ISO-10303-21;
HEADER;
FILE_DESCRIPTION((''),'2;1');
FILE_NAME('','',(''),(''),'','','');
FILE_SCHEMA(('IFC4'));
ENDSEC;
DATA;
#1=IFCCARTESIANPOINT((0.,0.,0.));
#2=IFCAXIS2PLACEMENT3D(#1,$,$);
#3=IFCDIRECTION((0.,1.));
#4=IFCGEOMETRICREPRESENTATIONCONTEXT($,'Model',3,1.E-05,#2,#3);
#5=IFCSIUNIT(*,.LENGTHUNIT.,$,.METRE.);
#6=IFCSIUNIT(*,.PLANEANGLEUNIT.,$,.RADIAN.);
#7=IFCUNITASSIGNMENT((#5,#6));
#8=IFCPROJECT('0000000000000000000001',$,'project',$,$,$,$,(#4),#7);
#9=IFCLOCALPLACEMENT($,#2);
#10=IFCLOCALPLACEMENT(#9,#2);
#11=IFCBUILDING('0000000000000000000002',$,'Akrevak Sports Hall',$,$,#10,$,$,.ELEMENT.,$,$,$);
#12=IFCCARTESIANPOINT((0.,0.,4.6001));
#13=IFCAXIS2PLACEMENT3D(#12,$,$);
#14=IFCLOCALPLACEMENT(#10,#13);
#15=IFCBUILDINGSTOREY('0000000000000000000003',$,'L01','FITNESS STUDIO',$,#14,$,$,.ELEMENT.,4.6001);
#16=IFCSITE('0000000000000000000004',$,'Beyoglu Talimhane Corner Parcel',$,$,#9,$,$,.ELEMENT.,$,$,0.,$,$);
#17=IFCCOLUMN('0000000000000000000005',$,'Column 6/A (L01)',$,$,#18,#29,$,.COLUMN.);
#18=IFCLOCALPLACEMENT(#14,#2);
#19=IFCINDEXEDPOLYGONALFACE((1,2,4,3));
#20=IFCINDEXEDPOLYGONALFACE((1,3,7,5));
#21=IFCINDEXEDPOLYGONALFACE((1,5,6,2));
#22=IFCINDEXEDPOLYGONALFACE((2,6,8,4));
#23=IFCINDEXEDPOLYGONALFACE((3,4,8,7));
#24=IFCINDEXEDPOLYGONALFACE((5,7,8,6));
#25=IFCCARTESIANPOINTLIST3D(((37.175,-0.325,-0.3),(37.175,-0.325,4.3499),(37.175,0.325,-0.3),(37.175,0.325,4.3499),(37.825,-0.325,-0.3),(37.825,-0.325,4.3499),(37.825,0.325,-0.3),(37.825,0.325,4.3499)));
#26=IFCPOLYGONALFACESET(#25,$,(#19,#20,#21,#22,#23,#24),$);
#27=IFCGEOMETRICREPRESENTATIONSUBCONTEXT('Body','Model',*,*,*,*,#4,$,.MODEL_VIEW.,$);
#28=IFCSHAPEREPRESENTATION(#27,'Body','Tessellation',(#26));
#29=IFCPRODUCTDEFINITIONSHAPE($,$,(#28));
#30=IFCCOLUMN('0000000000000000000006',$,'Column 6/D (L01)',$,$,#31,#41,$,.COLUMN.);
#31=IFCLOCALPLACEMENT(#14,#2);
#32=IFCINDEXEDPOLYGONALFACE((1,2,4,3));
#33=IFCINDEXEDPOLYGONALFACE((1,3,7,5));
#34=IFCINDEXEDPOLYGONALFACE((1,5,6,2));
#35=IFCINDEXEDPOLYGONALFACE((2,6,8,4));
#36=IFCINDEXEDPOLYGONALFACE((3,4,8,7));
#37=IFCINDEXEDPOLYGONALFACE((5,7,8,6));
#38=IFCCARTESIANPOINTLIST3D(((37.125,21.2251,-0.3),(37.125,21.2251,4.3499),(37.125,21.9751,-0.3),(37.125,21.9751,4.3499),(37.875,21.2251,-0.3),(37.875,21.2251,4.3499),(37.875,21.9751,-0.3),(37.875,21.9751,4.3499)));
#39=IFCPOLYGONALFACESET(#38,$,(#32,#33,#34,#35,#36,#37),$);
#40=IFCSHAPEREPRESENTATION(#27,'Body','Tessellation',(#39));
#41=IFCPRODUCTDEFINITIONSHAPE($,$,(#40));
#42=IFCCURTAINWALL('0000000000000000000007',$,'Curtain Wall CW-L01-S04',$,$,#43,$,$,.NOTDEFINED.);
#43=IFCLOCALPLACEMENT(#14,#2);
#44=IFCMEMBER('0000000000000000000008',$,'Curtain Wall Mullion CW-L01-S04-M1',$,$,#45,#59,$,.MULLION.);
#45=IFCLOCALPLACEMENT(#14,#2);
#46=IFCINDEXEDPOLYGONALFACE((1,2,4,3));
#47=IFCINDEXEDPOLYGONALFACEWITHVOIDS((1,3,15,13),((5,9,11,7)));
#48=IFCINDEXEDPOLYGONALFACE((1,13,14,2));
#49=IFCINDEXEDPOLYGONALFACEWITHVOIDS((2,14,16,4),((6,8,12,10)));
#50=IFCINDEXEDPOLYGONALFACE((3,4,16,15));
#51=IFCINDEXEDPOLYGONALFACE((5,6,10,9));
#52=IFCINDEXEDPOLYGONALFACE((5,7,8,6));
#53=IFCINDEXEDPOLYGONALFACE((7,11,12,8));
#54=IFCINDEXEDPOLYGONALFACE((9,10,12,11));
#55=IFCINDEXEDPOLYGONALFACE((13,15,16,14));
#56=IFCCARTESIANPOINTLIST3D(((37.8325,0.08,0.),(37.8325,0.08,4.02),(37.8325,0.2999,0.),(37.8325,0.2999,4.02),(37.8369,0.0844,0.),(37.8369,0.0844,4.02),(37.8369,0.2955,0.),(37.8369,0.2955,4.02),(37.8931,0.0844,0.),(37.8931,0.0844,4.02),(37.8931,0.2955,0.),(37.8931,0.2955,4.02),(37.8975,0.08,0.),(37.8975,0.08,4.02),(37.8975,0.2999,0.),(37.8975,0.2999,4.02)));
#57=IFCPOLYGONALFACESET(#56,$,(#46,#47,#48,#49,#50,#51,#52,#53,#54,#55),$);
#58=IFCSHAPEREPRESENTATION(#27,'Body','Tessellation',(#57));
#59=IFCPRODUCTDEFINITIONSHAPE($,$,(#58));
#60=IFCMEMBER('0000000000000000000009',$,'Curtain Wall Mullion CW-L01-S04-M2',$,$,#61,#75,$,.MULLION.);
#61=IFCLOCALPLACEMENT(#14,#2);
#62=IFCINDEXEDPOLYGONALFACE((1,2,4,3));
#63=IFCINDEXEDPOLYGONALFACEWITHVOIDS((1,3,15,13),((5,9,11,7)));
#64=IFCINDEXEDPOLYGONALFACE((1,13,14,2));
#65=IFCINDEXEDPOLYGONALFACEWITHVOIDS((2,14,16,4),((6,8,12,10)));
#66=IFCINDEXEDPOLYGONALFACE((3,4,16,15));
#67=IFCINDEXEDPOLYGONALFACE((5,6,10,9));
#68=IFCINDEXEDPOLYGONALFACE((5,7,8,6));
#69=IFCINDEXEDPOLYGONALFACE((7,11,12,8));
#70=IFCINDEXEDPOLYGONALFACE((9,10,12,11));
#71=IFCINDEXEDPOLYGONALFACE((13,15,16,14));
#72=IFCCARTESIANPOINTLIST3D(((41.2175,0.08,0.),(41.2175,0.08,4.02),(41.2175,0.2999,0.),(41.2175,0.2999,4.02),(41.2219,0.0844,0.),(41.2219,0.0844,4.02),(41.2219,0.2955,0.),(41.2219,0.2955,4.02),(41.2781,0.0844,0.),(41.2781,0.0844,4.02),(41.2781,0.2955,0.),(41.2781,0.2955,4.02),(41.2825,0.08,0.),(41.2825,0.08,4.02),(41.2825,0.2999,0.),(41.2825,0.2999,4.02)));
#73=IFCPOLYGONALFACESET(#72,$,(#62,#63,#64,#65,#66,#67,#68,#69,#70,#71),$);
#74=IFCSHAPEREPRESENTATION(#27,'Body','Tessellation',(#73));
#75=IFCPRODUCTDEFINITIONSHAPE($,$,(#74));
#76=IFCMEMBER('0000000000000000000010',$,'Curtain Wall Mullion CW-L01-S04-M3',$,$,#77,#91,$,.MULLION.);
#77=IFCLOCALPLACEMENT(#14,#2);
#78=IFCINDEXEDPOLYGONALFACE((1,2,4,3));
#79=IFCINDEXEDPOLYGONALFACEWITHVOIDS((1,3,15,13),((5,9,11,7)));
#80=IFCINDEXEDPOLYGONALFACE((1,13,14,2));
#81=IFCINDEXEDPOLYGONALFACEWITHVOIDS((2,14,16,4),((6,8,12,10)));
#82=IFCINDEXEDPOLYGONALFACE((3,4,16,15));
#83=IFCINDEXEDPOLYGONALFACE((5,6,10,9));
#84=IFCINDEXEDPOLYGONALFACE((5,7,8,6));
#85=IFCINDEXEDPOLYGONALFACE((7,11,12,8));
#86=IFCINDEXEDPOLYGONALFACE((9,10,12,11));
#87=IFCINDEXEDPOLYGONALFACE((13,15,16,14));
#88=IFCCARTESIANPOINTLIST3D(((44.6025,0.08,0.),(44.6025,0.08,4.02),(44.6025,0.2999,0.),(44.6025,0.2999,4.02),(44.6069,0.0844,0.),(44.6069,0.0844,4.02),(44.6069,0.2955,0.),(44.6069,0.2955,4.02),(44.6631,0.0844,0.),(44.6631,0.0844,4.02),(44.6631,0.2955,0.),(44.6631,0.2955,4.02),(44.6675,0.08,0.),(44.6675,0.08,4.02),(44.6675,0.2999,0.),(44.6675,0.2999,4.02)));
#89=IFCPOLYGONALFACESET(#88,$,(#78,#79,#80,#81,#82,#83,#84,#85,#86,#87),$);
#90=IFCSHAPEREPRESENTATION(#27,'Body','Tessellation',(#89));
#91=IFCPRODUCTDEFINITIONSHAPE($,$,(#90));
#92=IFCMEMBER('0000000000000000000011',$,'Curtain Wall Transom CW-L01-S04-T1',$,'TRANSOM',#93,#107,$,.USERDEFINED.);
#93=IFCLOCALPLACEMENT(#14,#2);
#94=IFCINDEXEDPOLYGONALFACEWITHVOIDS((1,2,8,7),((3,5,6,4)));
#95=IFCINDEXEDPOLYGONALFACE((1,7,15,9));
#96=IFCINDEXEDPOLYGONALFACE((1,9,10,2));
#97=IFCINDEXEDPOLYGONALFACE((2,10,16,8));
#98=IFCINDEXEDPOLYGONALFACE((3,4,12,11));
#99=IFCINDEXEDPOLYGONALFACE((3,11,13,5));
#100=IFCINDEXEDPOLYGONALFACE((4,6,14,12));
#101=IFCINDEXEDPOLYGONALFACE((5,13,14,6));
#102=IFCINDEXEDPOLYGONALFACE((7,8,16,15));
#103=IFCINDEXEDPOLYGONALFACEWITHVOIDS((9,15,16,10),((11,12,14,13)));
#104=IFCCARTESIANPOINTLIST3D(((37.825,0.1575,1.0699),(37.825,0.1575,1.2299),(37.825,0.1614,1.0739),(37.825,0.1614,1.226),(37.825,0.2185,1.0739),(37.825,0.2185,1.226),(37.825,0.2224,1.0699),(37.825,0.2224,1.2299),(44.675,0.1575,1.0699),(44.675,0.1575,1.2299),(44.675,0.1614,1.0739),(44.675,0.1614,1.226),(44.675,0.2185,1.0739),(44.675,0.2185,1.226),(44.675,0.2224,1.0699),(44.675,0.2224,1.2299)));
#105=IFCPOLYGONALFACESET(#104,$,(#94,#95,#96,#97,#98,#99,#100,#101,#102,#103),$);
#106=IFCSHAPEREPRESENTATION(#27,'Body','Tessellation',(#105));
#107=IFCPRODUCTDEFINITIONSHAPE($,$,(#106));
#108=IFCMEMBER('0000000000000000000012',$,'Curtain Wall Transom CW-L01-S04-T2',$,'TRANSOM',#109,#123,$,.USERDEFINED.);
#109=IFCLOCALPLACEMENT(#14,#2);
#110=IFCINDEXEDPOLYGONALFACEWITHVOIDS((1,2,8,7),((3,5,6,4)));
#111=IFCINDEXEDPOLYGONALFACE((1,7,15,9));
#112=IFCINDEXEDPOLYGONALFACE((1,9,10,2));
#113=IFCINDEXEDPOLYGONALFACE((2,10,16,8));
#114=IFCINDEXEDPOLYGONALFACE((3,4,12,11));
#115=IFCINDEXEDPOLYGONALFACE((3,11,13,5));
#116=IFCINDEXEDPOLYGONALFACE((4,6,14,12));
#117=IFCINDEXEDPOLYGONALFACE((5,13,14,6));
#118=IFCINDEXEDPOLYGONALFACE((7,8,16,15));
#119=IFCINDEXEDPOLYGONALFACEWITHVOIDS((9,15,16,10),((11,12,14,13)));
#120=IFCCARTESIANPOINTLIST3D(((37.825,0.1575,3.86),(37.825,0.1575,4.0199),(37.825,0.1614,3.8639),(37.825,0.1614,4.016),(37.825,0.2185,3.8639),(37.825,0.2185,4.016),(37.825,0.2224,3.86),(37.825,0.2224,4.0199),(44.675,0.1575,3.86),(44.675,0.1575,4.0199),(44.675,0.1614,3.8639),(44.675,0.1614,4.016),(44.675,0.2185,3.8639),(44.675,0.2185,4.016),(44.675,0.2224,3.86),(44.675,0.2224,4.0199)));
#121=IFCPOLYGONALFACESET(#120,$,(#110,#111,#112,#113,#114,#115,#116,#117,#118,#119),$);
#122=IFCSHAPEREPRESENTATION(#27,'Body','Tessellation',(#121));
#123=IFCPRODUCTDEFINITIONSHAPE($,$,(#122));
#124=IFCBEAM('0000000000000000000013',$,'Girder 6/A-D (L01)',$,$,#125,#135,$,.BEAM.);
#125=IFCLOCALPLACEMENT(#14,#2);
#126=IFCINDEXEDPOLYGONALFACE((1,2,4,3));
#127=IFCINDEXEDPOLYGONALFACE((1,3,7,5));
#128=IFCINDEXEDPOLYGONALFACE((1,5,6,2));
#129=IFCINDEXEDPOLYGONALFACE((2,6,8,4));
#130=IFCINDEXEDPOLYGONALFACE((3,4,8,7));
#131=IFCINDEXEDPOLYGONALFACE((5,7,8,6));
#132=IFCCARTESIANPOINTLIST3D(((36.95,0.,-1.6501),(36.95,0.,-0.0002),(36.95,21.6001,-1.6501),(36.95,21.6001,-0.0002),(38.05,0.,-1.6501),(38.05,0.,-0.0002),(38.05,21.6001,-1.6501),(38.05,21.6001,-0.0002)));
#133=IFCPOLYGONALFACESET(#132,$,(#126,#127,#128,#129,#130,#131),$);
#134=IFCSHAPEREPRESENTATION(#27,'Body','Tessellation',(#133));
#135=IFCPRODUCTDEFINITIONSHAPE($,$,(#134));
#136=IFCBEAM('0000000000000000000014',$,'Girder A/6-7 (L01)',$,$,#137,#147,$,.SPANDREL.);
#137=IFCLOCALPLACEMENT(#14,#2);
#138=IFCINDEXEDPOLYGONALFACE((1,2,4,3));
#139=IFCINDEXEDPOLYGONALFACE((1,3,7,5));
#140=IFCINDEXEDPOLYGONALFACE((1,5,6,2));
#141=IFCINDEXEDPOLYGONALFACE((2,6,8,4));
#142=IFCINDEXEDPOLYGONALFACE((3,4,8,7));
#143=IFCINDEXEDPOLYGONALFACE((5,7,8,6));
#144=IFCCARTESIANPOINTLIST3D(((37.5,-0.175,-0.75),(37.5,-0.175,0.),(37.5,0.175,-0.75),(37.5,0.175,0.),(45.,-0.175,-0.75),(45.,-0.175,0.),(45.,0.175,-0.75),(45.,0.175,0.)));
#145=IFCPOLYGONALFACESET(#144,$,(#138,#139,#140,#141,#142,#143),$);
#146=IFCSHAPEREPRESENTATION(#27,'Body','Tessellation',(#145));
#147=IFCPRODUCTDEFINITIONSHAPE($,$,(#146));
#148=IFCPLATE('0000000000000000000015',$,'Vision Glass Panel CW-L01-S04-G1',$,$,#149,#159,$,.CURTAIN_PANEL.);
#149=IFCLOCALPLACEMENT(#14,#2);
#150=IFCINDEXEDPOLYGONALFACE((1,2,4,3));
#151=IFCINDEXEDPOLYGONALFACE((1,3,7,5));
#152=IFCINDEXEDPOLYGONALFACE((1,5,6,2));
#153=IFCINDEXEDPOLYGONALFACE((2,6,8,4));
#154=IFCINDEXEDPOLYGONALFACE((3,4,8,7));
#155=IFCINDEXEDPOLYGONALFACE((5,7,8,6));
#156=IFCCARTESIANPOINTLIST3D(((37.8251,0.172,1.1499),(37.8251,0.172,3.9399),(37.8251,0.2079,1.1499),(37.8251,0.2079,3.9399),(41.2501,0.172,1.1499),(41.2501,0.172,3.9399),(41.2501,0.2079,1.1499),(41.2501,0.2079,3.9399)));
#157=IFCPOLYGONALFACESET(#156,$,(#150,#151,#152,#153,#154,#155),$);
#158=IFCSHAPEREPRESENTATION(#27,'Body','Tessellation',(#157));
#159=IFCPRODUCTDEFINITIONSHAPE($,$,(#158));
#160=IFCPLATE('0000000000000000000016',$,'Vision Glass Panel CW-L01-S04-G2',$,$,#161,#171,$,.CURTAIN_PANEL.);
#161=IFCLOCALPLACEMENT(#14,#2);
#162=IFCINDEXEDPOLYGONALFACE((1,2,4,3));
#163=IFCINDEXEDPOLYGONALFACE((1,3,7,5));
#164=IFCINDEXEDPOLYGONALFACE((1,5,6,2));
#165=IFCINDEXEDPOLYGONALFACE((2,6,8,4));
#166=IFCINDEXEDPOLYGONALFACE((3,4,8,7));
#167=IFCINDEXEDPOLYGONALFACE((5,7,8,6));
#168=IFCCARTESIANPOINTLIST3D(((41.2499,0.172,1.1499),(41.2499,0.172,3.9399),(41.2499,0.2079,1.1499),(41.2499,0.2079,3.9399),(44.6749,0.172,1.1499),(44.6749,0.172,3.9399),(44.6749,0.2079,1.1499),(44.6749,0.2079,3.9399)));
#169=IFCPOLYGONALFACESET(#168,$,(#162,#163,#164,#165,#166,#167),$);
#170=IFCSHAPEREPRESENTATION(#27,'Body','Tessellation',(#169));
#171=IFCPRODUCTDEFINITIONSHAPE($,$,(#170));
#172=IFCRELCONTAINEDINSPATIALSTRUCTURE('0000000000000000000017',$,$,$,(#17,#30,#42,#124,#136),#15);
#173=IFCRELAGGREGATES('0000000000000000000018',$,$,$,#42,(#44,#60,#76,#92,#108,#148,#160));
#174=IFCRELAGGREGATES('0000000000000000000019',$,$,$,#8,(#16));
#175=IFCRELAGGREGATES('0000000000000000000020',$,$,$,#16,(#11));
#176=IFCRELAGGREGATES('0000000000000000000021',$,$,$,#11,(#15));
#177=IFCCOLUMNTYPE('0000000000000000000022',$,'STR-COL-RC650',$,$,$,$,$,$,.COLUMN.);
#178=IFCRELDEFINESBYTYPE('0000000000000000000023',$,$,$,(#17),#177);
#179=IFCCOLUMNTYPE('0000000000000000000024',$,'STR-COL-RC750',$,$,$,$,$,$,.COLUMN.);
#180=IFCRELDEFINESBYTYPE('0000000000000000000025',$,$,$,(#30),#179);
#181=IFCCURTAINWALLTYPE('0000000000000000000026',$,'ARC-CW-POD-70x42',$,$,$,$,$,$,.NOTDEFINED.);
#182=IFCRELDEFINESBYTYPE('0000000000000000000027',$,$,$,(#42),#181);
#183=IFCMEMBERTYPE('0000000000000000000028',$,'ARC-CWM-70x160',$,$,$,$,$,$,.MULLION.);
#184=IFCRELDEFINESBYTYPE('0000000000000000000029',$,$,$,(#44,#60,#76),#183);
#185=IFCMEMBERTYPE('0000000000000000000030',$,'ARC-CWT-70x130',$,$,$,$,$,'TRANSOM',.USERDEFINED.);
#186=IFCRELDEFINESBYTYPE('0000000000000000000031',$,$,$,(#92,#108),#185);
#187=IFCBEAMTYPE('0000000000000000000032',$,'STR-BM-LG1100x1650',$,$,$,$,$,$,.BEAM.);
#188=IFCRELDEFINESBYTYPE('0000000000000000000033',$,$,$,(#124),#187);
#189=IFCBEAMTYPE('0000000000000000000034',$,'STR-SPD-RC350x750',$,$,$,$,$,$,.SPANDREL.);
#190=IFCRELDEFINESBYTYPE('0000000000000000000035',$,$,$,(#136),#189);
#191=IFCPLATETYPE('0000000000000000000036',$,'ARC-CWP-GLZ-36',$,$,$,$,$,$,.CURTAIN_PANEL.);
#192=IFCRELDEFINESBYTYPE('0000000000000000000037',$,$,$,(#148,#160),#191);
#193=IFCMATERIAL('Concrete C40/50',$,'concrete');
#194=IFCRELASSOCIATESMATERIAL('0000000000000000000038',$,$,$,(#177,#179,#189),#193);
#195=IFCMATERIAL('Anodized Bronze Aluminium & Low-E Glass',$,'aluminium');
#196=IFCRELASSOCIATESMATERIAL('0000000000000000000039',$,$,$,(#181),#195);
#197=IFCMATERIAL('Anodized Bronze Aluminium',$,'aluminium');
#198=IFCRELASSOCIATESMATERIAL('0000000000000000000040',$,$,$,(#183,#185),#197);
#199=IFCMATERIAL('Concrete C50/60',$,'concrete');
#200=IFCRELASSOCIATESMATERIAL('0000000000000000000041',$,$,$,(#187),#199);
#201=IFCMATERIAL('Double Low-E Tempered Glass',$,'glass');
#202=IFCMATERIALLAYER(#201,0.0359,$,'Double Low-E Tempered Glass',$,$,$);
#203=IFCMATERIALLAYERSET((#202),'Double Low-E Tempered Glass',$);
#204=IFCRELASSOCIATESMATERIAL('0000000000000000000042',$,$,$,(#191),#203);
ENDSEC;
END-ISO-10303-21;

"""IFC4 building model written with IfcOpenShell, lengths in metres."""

from ifc_helpers import new_model, si_unit, direction, frame, origin, origin_2d, place, context, subcontext, project, spatial, rectangle, hollow_rectangle, extrude, material, layer, layer_set, material_profile, profile_set, type_object, element, aggregate, save


model = new_model("IFC4")

# Units and contexts
model_context = context("Model", 3, precision=1e-05, world=origin(), true_north=direction((0.0, 1.0)))
body_context = subcontext(model_context, "Body", "Model", "MODEL_VIEW")
ifc_project = project(units=[si_unit("LENGTHUNIT", "METRE"), si_unit("PLANEANGLEUNIT", "RADIAN")], contexts=[model_context])

# Site, building, storey
site_placement = place(None, origin())
site = spatial("IfcSite", under=ifc_project, at=site_placement, Name="Beyoglu Talimhane Corner Parcel", CompositionType="ELEMENT", RefElevation=0.0)
building_placement = place(site_placement, origin())
building = spatial("IfcBuilding", under=site, at=building_placement, Name="Akrevak Sports Hall", CompositionType="ELEMENT")
storey_placement = place(building_placement, frame((0.0, 0.0, 4.6001)))
storey = spatial("IfcBuildingStorey", under=building, at=storey_placement, Name="L01", Description="FITNESS STUDIO", CompositionType="ELEMENT", Elevation=4.6001)

# Columns
ifc_material_1 = material(Name="Concrete C40/50", Category="concrete")
ifc_material_profile_1 = material_profile(ifc_material_1, rectangle(XDim=0.6499, YDim=0.6499, at=origin_2d()), Name="RC 650x650", Category="concrete")
ifc_profile_set_1 = profile_set([ifc_material_profile_1], Name="Concrete C40/50")
column_type_1 = type_object("IfcColumnType", Name="STR-COL-RC650", PredefinedType="COLUMN", material=ifc_profile_set_1)
column_1_placement = place(storey_placement, frame((37.5, 0.0, -0.3), z_axis=(0.0, 0.0, 1.0), x_axis=(1.0, 0.0, 0.0)))
element("IfcColumn", 1, at=column_1_placement, inside=storey, type_object=column_type_1, Name="Column 6/A (L01)", PredefinedType="COLUMN", context=body_context, shape_type="SweptSolid", body=[
    extrude(rectangle(XDim=0.6499, YDim=0.6499, at=origin_2d()), origin(), (0.0, 0.0, 1.0), 4.6499),
])
ifc_material_profile_2 = material_profile(ifc_material_1, rectangle(XDim=0.75, YDim=0.75, at=origin_2d()), Name="RC 750x750", Category="concrete")
ifc_profile_set_2 = profile_set([ifc_material_profile_2], Name="Concrete C40/50")
column_type_2 = type_object("IfcColumnType", Name="STR-COL-RC750", PredefinedType="COLUMN", material=ifc_profile_set_2)
column_2_placement = place(storey_placement, frame((37.5, 21.6001, -0.3), z_axis=(0.0, 0.0, 1.0), x_axis=(1.0, 0.0, 0.0)))
element("IfcColumn", 2, at=column_2_placement, inside=storey, type_object=column_type_2, Name="Column 6/D (L01)", PredefinedType="COLUMN", context=body_context, shape_type="SweptSolid", body=[
    extrude(rectangle(XDim=0.75, YDim=0.75, at=origin_2d()), origin(), (0.0, 0.0, 1.0), 4.6499),
])

# Curtain wall, members
ifc_material_2 = material(Name="Anodized Bronze Aluminium & Low-E Glass", Category="aluminium")
curtain_wall_type = type_object("IfcCurtainWallType", Name="ARC-CW-POD-70x42", PredefinedType="NOTDEFINED", material=ifc_material_2)
curtain_wall_placement = place(storey_placement, origin())
curtain_wall = element("IfcCurtainWall", 3, at=curtain_wall_placement, inside=storey, type_object=curtain_wall_type, Name="Curtain Wall CW-L01-S04", PredefinedType="NOTDEFINED")
ifc_material_3 = material(Name="Anodized Bronze Aluminium", Category="aluminium")
ifc_material_profile_3 = material_profile(ifc_material_3, hollow_rectangle(XDim=0.0649, YDim=0.22, WallThickness=0.0044, at=origin_2d()), Name="CWM 65x220", Category="aluminium")
ifc_profile_set_3 = profile_set([ifc_material_profile_3], Name="Anodized Bronze Aluminium")
member_type_1 = type_object("IfcMemberType", Name="ARC-CWM-70x160", PredefinedType="MULLION", material=ifc_profile_set_3)
member_1_placement = place(storey_placement, frame((37.865, 0.1899, 0.0), z_axis=(0.0, 0.0, 1.0), x_axis=(1.0, 0.0, 0.0)))
member_1 = element("IfcMember", 4, at=member_1_placement, type_object=member_type_1, Name="Curtain Wall Mullion CW-L01-S04-M1", PredefinedType="MULLION", context=body_context, shape_type="SweptSolid", body=[
    extrude(hollow_rectangle(XDim=0.0649, YDim=0.22, WallThickness=0.0044, at=origin_2d()), origin(), (0.0, 0.0, 1.0), 4.02),
])
member_2_placement = place(storey_placement, frame((41.25, 0.1899, 0.0), z_axis=(0.0, 0.0, 1.0), x_axis=(1.0, 0.0, 0.0)))
member_2 = element("IfcMember", 5, at=member_2_placement, type_object=member_type_1, Name="Curtain Wall Mullion CW-L01-S04-M2", PredefinedType="MULLION", context=body_context, shape_type="SweptSolid", body=[
    extrude(hollow_rectangle(XDim=0.0649, YDim=0.22, WallThickness=0.0044, at=origin_2d()), origin(), (0.0, 0.0, 1.0), 4.02),
])
member_3_placement = place(storey_placement, frame((44.635, 0.1899, 0.0), z_axis=(0.0, 0.0, 1.0), x_axis=(1.0, 0.0, 0.0)))
member_3 = element("IfcMember", 6, at=member_3_placement, type_object=member_type_1, Name="Curtain Wall Mullion CW-L01-S04-M3", PredefinedType="MULLION", context=body_context, shape_type="SweptSolid", body=[
    extrude(hollow_rectangle(XDim=0.0649, YDim=0.22, WallThickness=0.0044, at=origin_2d()), origin(), (0.0, 0.0, 1.0), 4.02),
])
ifc_material_profile_4 = material_profile(ifc_material_3, hollow_rectangle(XDim=0.0649, YDim=0.1599, WallThickness=0.0039, at=origin_2d()), Name="CWT 65x160", Category="aluminium")
ifc_profile_set_4 = profile_set([ifc_material_profile_4], Name="Anodized Bronze Aluminium")
member_type_2 = type_object("IfcMemberType", Name="ARC-CWT-70x130", ElementType="TRANSOM", PredefinedType="USERDEFINED", material=ifc_profile_set_4)
member_4_placement = place(storey_placement, frame((37.825, 0.1899, 1.1499), z_axis=(1.0, 0.0, 0.0), x_axis=(0.0, 1.0, 0.0)))
member_4 = element("IfcMember", 7, at=member_4_placement, type_object=member_type_2, Name="Curtain Wall Transom CW-L01-S04-T1", ObjectType="TRANSOM", PredefinedType="USERDEFINED", context=body_context, shape_type="SweptSolid", body=[
    extrude(hollow_rectangle(XDim=0.0649, YDim=0.1599, WallThickness=0.0039, at=origin_2d()), origin(), (0.0, 0.0, 1.0), 6.8501),
])
member_5_placement = place(storey_placement, frame((37.825, 0.1899, 3.9399), z_axis=(1.0, 0.0, 0.0), x_axis=(0.0, 1.0, 0.0)))
member_5 = element("IfcMember", 8, at=member_5_placement, type_object=member_type_2, Name="Curtain Wall Transom CW-L01-S04-T2", ObjectType="TRANSOM", PredefinedType="USERDEFINED", context=body_context, shape_type="SweptSolid", body=[
    extrude(hollow_rectangle(XDim=0.0649, YDim=0.1599, WallThickness=0.0039, at=origin_2d()), origin(), (0.0, 0.0, 1.0), 6.8501),
])

# Beams
ifc_material_4 = material(Name="Concrete C50/60", Category="concrete")
ifc_material_profile_5 = material_profile(ifc_material_4, rectangle(XDim=1.1001, YDim=1.6499, at=origin_2d()), Name="BM 1100x1650", Category="concrete")
ifc_profile_set_5 = profile_set([ifc_material_profile_5], Name="Concrete C50/60")
beam_type_1 = type_object("IfcBeamType", Name="STR-BM-LG1100x1650", PredefinedType="BEAM", material=ifc_profile_set_5)
beam_1_placement = place(storey_placement, frame((37.5, 0.0, -0.8252), z_axis=(0.0, 1.0, 0.0), x_axis=(-1.0, 0.0, 0.0)))
element("IfcBeam", 9, at=beam_1_placement, inside=storey, type_object=beam_type_1, Name="Girder 6/A-D (L01)", PredefinedType="BEAM", context=body_context, shape_type="SweptSolid", body=[
    extrude(rectangle(XDim=1.1001, YDim=1.6499, at=origin_2d()), origin(), (0.0, 0.0, 1.0), 21.6001),
])
ifc_material_profile_6 = material_profile(ifc_material_1, rectangle(XDim=0.3501, YDim=0.75, at=origin_2d()), Name="SPD 350x750", Category="concrete")
ifc_profile_set_6 = profile_set([ifc_material_profile_6], Name="Concrete C40/50")
beam_type_2 = type_object("IfcBeamType", Name="STR-SPD-RC350x750", PredefinedType="SPANDREL", material=ifc_profile_set_6)
beam_2_placement = place(storey_placement, frame((37.5, 0.0, -0.375), z_axis=(1.0, 0.0, 0.0), x_axis=(0.0, 1.0, 0.0)))
element("IfcBeam", 10, at=beam_2_placement, inside=storey, type_object=beam_type_2, Name="Girder A/6-7 (L01)", PredefinedType="SPANDREL", context=body_context, shape_type="SweptSolid", body=[
    extrude(rectangle(XDim=0.3501, YDim=0.75, at=origin_2d()), origin(), (0.0, 0.0, 1.0), 7.5),
])

# Plates
ifc_material_5 = material(Name="Double Low-E Tempered Glass", Category="glass")
ifc_layer_1 = layer(ifc_material_5, 0.0359, Name="Double Low-E Tempered Glass")
ifc_layer_set_1 = layer_set([ifc_layer_1], Name="Double Low-E Tempered Glass")
plate_type_1 = type_object("IfcPlateType", Name="ARC-CWP-GLZ-36", PredefinedType="CURTAIN_PANEL", material=ifc_layer_set_1)
plate_1_placement = place(storey_placement, frame((39.5376, 0.1899, 1.1499), z_axis=(0.0, 0.0, 1.0), x_axis=(1.0, 0.0, 0.0)))
plate_1 = element("IfcPlate", 11, at=plate_1_placement, type_object=plate_type_1, Name="Vision Glass Panel CW-L01-S04-G1", PredefinedType="CURTAIN_PANEL", context=body_context, shape_type="SweptSolid", body=[
    extrude(rectangle(XDim=3.425, YDim=0.0359, at=origin_2d()), origin(), (0.0, 0.0, 1.0), 2.79),
])
plate_2_placement = place(storey_placement, frame((42.9624, 0.1899, 1.1499), z_axis=(0.0, 0.0, 1.0), x_axis=(1.0, 0.0, 0.0)))
plate_2 = element("IfcPlate", 12, at=plate_2_placement, type_object=plate_type_1, Name="Vision Glass Panel CW-L01-S04-G2", PredefinedType="CURTAIN_PANEL", context=body_context, shape_type="SweptSolid", body=[
    extrude(rectangle(XDim=3.425, YDim=0.0359, at=origin_2d()), origin(), (0.0, 0.0, 1.0), 2.79),
])
aggregate(curtain_wall, [member_1, member_2, member_3, member_4, member_5, plate_1, plate_2])

save(model, "model.ifc")
